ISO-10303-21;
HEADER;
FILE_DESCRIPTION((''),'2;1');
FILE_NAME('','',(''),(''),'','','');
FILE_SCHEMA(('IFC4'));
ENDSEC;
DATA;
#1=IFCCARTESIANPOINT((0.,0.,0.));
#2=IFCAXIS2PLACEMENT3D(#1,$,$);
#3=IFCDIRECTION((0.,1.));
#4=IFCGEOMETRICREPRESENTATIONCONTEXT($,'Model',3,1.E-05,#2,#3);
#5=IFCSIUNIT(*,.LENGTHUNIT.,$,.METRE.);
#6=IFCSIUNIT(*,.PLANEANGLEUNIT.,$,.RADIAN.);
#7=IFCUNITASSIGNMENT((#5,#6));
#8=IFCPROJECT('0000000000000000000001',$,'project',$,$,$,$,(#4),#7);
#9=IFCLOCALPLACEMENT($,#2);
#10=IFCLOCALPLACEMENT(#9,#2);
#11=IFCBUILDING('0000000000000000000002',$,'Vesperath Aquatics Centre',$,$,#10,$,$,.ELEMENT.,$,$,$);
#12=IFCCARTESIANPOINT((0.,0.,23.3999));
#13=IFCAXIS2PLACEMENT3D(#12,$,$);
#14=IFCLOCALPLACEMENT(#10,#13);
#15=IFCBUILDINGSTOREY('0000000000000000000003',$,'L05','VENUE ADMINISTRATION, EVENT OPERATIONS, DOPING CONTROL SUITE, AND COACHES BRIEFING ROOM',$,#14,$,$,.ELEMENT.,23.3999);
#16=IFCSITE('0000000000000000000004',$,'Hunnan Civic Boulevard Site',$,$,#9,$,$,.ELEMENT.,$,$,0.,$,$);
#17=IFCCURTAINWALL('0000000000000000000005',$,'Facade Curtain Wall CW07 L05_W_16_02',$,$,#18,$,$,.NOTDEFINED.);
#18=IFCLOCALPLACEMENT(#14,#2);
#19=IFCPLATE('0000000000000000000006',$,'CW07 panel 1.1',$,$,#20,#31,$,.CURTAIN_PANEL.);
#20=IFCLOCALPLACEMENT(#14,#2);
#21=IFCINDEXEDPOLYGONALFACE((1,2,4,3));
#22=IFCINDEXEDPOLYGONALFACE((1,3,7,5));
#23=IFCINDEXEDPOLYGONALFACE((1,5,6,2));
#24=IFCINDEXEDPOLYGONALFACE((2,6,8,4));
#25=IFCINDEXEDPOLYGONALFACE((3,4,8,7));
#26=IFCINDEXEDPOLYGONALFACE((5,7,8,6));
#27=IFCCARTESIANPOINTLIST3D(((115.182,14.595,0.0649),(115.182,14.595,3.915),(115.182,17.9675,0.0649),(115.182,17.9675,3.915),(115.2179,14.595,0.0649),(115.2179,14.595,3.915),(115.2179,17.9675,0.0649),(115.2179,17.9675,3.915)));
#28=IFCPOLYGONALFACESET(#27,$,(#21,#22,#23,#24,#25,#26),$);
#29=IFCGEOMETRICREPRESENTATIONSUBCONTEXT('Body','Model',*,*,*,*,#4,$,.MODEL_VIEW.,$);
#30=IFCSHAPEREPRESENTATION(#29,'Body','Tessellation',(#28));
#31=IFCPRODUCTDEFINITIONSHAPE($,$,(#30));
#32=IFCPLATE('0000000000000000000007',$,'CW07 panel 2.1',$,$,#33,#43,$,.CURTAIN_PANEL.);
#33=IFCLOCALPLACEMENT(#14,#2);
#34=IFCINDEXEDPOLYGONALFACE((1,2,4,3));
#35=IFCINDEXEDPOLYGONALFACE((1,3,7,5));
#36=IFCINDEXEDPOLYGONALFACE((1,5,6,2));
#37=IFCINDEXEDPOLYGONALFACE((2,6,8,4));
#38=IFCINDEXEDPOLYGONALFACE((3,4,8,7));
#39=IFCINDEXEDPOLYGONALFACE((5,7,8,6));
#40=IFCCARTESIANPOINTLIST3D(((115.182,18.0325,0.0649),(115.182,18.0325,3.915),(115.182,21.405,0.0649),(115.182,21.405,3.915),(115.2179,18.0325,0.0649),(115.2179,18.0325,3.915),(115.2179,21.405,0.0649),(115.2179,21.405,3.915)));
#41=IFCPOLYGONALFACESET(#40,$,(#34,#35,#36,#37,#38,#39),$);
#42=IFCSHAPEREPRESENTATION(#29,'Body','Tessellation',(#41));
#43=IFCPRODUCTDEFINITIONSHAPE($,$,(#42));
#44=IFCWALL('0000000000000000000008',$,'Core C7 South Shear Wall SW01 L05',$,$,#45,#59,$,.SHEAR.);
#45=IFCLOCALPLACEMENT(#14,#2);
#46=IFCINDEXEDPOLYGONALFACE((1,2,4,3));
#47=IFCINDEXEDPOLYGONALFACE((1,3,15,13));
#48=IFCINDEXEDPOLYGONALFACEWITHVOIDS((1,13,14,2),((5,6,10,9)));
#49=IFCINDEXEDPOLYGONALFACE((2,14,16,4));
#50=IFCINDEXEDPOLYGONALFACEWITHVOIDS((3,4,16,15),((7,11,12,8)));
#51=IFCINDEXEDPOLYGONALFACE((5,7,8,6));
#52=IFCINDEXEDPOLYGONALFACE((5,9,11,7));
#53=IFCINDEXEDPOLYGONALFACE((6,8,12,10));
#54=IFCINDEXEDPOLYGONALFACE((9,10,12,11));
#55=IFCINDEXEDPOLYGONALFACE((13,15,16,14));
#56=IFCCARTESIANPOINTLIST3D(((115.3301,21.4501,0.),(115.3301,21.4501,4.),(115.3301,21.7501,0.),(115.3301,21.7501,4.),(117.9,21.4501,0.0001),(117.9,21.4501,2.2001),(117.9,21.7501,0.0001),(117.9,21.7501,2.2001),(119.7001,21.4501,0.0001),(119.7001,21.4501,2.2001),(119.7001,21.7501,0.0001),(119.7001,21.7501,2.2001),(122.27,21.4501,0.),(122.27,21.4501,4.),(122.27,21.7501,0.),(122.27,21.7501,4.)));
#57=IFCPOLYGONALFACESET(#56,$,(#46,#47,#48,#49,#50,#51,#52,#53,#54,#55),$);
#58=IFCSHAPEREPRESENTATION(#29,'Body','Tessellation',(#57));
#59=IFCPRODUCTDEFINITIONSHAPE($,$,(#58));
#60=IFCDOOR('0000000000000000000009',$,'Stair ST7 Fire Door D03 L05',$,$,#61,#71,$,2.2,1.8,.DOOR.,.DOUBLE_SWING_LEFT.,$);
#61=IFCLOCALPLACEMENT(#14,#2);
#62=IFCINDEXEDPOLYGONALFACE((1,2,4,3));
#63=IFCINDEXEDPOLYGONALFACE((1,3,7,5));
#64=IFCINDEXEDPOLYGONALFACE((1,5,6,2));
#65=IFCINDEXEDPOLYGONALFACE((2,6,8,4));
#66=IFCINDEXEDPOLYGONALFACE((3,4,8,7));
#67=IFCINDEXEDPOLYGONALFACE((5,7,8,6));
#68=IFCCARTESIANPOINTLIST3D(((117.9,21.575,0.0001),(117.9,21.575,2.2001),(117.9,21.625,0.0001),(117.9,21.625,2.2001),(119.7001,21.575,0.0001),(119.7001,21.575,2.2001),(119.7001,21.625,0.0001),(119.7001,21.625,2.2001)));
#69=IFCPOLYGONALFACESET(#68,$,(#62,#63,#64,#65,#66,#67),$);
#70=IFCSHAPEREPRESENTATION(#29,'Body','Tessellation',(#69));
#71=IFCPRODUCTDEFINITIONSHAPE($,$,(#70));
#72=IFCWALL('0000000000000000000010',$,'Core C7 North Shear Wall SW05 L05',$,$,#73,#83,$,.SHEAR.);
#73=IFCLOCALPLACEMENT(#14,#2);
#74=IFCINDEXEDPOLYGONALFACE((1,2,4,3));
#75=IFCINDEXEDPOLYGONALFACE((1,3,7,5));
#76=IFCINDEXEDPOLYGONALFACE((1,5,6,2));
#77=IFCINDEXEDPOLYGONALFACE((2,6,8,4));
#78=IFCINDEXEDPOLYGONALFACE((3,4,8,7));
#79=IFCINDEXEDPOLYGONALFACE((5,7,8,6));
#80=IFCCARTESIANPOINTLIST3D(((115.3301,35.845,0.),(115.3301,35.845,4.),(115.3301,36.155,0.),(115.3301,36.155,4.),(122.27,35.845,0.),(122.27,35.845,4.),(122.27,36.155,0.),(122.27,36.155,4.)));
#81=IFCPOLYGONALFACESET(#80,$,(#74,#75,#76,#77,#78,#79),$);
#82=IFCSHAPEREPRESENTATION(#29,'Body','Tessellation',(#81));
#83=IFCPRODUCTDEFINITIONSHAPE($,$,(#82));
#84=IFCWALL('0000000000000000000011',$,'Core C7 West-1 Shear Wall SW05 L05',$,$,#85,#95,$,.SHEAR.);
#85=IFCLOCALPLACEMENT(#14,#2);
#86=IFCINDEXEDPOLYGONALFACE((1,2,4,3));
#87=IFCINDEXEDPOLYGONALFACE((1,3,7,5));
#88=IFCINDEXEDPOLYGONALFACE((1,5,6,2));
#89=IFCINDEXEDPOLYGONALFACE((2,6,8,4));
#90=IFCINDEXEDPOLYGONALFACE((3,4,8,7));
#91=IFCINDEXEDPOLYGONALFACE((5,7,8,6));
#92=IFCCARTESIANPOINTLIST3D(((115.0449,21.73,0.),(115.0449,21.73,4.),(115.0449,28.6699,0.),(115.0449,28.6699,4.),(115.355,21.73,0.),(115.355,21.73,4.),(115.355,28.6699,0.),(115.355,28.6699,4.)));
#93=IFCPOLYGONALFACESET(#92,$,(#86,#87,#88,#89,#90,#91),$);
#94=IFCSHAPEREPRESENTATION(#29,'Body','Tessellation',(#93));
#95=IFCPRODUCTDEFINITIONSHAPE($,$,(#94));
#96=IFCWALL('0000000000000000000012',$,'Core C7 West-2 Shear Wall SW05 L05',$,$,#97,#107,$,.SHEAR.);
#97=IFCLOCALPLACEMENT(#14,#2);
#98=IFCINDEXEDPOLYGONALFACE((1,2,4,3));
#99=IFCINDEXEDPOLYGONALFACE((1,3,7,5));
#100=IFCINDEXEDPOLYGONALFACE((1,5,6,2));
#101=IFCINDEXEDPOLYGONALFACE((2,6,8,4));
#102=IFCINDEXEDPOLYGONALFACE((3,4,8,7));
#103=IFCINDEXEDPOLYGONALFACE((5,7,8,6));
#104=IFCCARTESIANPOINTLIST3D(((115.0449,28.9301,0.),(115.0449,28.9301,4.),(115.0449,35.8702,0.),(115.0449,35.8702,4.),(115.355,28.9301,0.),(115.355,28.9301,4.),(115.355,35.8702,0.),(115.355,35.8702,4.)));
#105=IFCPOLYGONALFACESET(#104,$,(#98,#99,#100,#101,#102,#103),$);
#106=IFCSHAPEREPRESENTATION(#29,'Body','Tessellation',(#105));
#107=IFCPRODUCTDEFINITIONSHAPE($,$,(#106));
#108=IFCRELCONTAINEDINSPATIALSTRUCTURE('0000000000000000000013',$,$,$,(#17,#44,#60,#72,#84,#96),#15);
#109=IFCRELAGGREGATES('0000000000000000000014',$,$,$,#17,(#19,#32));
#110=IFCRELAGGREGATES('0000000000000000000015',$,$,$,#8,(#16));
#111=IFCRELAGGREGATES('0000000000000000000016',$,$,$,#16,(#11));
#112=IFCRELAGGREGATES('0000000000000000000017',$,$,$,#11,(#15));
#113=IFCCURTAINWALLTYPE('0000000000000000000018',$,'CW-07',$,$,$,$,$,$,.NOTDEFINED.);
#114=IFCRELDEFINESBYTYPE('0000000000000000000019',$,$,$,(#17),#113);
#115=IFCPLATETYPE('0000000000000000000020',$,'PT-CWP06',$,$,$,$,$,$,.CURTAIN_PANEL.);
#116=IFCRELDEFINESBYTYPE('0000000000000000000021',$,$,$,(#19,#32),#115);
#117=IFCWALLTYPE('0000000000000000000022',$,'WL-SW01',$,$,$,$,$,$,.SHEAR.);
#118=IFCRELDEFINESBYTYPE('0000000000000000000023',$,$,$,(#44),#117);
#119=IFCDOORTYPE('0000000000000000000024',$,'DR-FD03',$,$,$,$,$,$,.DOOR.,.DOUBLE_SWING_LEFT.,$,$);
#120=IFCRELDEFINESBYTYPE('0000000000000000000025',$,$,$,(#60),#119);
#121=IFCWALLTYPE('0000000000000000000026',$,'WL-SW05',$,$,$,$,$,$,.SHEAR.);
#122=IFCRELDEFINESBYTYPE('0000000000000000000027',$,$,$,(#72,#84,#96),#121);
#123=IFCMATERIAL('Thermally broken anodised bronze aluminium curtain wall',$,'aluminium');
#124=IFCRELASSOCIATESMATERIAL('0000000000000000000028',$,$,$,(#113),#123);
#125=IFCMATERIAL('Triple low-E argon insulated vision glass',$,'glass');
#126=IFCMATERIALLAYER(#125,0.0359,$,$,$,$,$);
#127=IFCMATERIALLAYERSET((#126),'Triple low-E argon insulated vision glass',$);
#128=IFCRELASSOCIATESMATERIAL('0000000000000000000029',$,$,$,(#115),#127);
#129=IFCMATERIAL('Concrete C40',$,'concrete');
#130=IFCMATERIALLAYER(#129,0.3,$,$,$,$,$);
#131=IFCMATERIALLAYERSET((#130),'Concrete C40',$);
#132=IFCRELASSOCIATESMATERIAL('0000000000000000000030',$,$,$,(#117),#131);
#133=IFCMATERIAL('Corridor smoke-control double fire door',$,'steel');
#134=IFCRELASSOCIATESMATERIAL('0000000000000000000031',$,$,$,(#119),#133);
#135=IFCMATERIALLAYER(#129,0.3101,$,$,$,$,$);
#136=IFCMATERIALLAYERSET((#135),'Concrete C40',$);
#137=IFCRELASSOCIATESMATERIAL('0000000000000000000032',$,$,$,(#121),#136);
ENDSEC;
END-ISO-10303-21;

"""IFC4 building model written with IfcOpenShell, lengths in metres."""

from ifc_helpers import new_model, si_unit, direction, frame, frame_2d, origin, origin_2d, place, context, subcontext, project, spatial, rectangle, extrude, material, layer, layer_set, type_object, element, fill, aggregate, save


model = new_model("IFC4")

# Units and contexts
model_context = context("Model", 3, precision=1e-05, world=origin(), true_north=direction((0.0, 1.0)))
body_context = subcontext(model_context, "Body", "Model", "MODEL_VIEW")
ifc_project = project(units=[si_unit("LENGTHUNIT", "METRE"), si_unit("PLANEANGLEUNIT", "RADIAN")], contexts=[model_context])

# Site, building, storey
site_placement = place(None, origin())
site = spatial("IfcSite", under=ifc_project, at=site_placement, Name="Hunnan Civic Boulevard Site", CompositionType="ELEMENT", RefElevation=0.0)
building_placement = place(site_placement, origin())
building = spatial("IfcBuilding", under=site, at=building_placement, Name="Vesperath Aquatics Centre", CompositionType="ELEMENT")
storey_placement = place(building_placement, frame((0.0, 0.0, 23.3999)))
storey = spatial("IfcBuildingStorey", under=building, at=storey_placement, Name="L05", Description="VENUE ADMINISTRATION, EVENT OPERATIONS, DOPING CONTROL SUITE, AND COACHES BRIEFING ROOM", CompositionType="ELEMENT", Elevation=23.3999)

# Curtain wall, plates
ifc_material_1 = material(Name="Thermally broken anodised bronze aluminium curtain wall", Category="aluminium")
curtain_wall_type = type_object("IfcCurtainWallType", Name="CW-07", PredefinedType="NOTDEFINED", material=ifc_material_1)
curtain_wall_placement = place(storey_placement, origin())
curtain_wall = element("IfcCurtainWall", 1, at=curtain_wall_placement, inside=storey, type_object=curtain_wall_type, Name="Facade Curtain Wall CW07 L05_W_16_02", PredefinedType="NOTDEFINED")
ifc_material_2 = material(Name="Triple low-E argon insulated vision glass", Category="glass")
ifc_layer_1 = layer(ifc_material_2, 0.0359)
ifc_layer_set_1 = layer_set([ifc_layer_1], Name="Triple low-E argon insulated vision glass")
plate_type = type_object("IfcPlateType", Name="PT-CWP06", PredefinedType="CURTAIN_PANEL", material=ifc_layer_set_1)
plate_1_placement = place(storey_placement, frame((115.2, 16.2812, 0.0649), z_axis=(0.0, 0.0, 1.0), x_axis=(0.0, 1.0, 0.0)))
plate_1 = element("IfcPlate", 2, at=plate_1_placement, type_object=plate_type, Name="CW07 panel 1.1", PredefinedType="CURTAIN_PANEL", context=body_context, shape_type="SweptSolid", body=[
    extrude(rectangle(XDim=3.3726, YDim=0.0359, at=origin_2d()), origin(), (0.0, 0.0, 1.0), 3.8501),
])
plate_2_placement = place(storey_placement, frame((115.2, 19.7188, 0.0649), z_axis=(0.0, 0.0, 1.0), x_axis=(0.0, 1.0, 0.0)))
plate_2 = element("IfcPlate", 3, at=plate_2_placement, type_object=plate_type, Name="CW07 panel 2.1", PredefinedType="CURTAIN_PANEL", context=body_context, shape_type="SweptSolid", body=[
    extrude(rectangle(XDim=3.3726, YDim=0.0359, at=origin_2d()), origin(), (0.0, 0.0, 1.0), 3.8501),
])
aggregate(curtain_wall, [plate_1, plate_2])

# Wall, opening, door
ifc_material_3 = material(Name="Concrete C40", Category="concrete")
ifc_layer_2 = layer(ifc_material_3, 0.3)
ifc_layer_set_2 = layer_set([ifc_layer_2], Name="Concrete C40")
wall_type_1 = type_object("IfcWallType", Name="WL-SW01", PredefinedType="SHEAR", material=ifc_layer_set_2)
wall_1_placement = place(storey_placement, frame((115.3301, 21.6001, 0.0), z_axis=(0.0, 0.0, 1.0), x_axis=(1.0, 0.0, 0.0)))
wall_1 = element("IfcWall", 4, at=wall_1_placement, inside=storey, type_object=wall_type_1, Name="Core C7 South Shear Wall SW01 L05", PredefinedType="SHEAR", context=body_context, shape_type="SweptSolid", body=[
    extrude(rectangle(XDim=6.9399, YDim=0.3, at=frame_2d((3.47, 0.0))), origin(), (0.0, 0.0, 1.0), 4.0),
])
opening_placement = place(wall_1_placement, frame((2.5701, 0.0, 0.0)))
opening = element("IfcOpeningElement", 5, at=opening_placement, cuts=wall_1, PredefinedType="OPENING", context=body_context, shape_type="SweptSolid", body=[
    extrude(rectangle(XDim=1.8, YDim=2.2, at=frame_2d((0.8999, 1.1001))), frame((0.0, 0.165, 0.0), z_axis=(0.0, -1.0, 0.0), x_axis=(1.0, 0.0, 0.0)), (0.0, 0.0, 1.0), 0.3298),
])
ifc_material_4 = material(Name="Corridor smoke-control double fire door", Category="steel")
door_type = type_object("IfcDoorType", Name="DR-FD03", OperationType="DOUBLE_SWING_LEFT", PredefinedType="DOOR", material=ifc_material_4)
door_placement = place(opening_placement, origin())
door = element("IfcDoor", 6, at=door_placement, inside=storey, type_object=door_type, Name="Stair ST7 Fire Door D03 L05", OperationType="DOUBLE_SWING_LEFT", OverallHeight=2.2, OverallWidth=1.8, PredefinedType="DOOR", context=body_context, shape_type="SweptSolid", body=[
    extrude(rectangle(XDim=1.8, YDim=2.2, at=frame_2d((0.8999, 1.1001))), frame((0.0, 0.0249, 0.0), z_axis=(0.0, -1.0, 0.0), x_axis=(1.0, 0.0, 0.0)), (0.0, 0.0, 1.0), 0.05),
])
fill(opening, door)

# Walls
ifc_layer_3 = layer(ifc_material_3, 0.3101)
ifc_layer_set_3 = layer_set([ifc_layer_3], Name="Concrete C40")
wall_type_2 = type_object("IfcWallType", Name="WL-SW05", PredefinedType="SHEAR", material=ifc_layer_set_3)
for number, where, z_axis, x_axis, name in (
    (7, (115.3301, 36.0, 0.0), (0.0, 0.0, 1.0), (1.0, 0.0, 0.0), "Core C7 North Shear Wall SW05 L05"),
    (8, (115.2, 21.73, 0.0), (0.0, 0.0, 1.0), (0.0, 1.0, 0.0), "Core C7 West-1 Shear Wall SW05 L05"),
):
    element("IfcWall", number, at=place(storey_placement, frame(where, z_axis=z_axis, x_axis=x_axis)), inside=storey, type_object=wall_type_2, Name=name, PredefinedType="SHEAR", context=body_context, shape_type="SweptSolid", body=[
        extrude(rectangle(XDim=6.9399, YDim=0.3101, at=frame_2d((3.47, 0.0))), origin(), (0.0, 0.0, 1.0), 4.0),
    ])
wall_2_placement = place(storey_placement, frame((115.2, 28.9299, 0.0), z_axis=(0.0, 0.0, 1.0), x_axis=(0.0, 1.0, 0.0)))
element("IfcWall", 9, at=wall_2_placement, inside=storey, type_object=wall_type_2, Name="Core C7 West-2 Shear Wall SW05 L05", PredefinedType="SHEAR", context=body_context, shape_type="SweptSolid", body=[
    extrude(rectangle(XDim=6.9402, YDim=0.3101, at=frame_2d((3.4702, 0.0))), origin(), (0.0, 0.0, 1.0), 4.0),
])

save(model, "model.ifc")
